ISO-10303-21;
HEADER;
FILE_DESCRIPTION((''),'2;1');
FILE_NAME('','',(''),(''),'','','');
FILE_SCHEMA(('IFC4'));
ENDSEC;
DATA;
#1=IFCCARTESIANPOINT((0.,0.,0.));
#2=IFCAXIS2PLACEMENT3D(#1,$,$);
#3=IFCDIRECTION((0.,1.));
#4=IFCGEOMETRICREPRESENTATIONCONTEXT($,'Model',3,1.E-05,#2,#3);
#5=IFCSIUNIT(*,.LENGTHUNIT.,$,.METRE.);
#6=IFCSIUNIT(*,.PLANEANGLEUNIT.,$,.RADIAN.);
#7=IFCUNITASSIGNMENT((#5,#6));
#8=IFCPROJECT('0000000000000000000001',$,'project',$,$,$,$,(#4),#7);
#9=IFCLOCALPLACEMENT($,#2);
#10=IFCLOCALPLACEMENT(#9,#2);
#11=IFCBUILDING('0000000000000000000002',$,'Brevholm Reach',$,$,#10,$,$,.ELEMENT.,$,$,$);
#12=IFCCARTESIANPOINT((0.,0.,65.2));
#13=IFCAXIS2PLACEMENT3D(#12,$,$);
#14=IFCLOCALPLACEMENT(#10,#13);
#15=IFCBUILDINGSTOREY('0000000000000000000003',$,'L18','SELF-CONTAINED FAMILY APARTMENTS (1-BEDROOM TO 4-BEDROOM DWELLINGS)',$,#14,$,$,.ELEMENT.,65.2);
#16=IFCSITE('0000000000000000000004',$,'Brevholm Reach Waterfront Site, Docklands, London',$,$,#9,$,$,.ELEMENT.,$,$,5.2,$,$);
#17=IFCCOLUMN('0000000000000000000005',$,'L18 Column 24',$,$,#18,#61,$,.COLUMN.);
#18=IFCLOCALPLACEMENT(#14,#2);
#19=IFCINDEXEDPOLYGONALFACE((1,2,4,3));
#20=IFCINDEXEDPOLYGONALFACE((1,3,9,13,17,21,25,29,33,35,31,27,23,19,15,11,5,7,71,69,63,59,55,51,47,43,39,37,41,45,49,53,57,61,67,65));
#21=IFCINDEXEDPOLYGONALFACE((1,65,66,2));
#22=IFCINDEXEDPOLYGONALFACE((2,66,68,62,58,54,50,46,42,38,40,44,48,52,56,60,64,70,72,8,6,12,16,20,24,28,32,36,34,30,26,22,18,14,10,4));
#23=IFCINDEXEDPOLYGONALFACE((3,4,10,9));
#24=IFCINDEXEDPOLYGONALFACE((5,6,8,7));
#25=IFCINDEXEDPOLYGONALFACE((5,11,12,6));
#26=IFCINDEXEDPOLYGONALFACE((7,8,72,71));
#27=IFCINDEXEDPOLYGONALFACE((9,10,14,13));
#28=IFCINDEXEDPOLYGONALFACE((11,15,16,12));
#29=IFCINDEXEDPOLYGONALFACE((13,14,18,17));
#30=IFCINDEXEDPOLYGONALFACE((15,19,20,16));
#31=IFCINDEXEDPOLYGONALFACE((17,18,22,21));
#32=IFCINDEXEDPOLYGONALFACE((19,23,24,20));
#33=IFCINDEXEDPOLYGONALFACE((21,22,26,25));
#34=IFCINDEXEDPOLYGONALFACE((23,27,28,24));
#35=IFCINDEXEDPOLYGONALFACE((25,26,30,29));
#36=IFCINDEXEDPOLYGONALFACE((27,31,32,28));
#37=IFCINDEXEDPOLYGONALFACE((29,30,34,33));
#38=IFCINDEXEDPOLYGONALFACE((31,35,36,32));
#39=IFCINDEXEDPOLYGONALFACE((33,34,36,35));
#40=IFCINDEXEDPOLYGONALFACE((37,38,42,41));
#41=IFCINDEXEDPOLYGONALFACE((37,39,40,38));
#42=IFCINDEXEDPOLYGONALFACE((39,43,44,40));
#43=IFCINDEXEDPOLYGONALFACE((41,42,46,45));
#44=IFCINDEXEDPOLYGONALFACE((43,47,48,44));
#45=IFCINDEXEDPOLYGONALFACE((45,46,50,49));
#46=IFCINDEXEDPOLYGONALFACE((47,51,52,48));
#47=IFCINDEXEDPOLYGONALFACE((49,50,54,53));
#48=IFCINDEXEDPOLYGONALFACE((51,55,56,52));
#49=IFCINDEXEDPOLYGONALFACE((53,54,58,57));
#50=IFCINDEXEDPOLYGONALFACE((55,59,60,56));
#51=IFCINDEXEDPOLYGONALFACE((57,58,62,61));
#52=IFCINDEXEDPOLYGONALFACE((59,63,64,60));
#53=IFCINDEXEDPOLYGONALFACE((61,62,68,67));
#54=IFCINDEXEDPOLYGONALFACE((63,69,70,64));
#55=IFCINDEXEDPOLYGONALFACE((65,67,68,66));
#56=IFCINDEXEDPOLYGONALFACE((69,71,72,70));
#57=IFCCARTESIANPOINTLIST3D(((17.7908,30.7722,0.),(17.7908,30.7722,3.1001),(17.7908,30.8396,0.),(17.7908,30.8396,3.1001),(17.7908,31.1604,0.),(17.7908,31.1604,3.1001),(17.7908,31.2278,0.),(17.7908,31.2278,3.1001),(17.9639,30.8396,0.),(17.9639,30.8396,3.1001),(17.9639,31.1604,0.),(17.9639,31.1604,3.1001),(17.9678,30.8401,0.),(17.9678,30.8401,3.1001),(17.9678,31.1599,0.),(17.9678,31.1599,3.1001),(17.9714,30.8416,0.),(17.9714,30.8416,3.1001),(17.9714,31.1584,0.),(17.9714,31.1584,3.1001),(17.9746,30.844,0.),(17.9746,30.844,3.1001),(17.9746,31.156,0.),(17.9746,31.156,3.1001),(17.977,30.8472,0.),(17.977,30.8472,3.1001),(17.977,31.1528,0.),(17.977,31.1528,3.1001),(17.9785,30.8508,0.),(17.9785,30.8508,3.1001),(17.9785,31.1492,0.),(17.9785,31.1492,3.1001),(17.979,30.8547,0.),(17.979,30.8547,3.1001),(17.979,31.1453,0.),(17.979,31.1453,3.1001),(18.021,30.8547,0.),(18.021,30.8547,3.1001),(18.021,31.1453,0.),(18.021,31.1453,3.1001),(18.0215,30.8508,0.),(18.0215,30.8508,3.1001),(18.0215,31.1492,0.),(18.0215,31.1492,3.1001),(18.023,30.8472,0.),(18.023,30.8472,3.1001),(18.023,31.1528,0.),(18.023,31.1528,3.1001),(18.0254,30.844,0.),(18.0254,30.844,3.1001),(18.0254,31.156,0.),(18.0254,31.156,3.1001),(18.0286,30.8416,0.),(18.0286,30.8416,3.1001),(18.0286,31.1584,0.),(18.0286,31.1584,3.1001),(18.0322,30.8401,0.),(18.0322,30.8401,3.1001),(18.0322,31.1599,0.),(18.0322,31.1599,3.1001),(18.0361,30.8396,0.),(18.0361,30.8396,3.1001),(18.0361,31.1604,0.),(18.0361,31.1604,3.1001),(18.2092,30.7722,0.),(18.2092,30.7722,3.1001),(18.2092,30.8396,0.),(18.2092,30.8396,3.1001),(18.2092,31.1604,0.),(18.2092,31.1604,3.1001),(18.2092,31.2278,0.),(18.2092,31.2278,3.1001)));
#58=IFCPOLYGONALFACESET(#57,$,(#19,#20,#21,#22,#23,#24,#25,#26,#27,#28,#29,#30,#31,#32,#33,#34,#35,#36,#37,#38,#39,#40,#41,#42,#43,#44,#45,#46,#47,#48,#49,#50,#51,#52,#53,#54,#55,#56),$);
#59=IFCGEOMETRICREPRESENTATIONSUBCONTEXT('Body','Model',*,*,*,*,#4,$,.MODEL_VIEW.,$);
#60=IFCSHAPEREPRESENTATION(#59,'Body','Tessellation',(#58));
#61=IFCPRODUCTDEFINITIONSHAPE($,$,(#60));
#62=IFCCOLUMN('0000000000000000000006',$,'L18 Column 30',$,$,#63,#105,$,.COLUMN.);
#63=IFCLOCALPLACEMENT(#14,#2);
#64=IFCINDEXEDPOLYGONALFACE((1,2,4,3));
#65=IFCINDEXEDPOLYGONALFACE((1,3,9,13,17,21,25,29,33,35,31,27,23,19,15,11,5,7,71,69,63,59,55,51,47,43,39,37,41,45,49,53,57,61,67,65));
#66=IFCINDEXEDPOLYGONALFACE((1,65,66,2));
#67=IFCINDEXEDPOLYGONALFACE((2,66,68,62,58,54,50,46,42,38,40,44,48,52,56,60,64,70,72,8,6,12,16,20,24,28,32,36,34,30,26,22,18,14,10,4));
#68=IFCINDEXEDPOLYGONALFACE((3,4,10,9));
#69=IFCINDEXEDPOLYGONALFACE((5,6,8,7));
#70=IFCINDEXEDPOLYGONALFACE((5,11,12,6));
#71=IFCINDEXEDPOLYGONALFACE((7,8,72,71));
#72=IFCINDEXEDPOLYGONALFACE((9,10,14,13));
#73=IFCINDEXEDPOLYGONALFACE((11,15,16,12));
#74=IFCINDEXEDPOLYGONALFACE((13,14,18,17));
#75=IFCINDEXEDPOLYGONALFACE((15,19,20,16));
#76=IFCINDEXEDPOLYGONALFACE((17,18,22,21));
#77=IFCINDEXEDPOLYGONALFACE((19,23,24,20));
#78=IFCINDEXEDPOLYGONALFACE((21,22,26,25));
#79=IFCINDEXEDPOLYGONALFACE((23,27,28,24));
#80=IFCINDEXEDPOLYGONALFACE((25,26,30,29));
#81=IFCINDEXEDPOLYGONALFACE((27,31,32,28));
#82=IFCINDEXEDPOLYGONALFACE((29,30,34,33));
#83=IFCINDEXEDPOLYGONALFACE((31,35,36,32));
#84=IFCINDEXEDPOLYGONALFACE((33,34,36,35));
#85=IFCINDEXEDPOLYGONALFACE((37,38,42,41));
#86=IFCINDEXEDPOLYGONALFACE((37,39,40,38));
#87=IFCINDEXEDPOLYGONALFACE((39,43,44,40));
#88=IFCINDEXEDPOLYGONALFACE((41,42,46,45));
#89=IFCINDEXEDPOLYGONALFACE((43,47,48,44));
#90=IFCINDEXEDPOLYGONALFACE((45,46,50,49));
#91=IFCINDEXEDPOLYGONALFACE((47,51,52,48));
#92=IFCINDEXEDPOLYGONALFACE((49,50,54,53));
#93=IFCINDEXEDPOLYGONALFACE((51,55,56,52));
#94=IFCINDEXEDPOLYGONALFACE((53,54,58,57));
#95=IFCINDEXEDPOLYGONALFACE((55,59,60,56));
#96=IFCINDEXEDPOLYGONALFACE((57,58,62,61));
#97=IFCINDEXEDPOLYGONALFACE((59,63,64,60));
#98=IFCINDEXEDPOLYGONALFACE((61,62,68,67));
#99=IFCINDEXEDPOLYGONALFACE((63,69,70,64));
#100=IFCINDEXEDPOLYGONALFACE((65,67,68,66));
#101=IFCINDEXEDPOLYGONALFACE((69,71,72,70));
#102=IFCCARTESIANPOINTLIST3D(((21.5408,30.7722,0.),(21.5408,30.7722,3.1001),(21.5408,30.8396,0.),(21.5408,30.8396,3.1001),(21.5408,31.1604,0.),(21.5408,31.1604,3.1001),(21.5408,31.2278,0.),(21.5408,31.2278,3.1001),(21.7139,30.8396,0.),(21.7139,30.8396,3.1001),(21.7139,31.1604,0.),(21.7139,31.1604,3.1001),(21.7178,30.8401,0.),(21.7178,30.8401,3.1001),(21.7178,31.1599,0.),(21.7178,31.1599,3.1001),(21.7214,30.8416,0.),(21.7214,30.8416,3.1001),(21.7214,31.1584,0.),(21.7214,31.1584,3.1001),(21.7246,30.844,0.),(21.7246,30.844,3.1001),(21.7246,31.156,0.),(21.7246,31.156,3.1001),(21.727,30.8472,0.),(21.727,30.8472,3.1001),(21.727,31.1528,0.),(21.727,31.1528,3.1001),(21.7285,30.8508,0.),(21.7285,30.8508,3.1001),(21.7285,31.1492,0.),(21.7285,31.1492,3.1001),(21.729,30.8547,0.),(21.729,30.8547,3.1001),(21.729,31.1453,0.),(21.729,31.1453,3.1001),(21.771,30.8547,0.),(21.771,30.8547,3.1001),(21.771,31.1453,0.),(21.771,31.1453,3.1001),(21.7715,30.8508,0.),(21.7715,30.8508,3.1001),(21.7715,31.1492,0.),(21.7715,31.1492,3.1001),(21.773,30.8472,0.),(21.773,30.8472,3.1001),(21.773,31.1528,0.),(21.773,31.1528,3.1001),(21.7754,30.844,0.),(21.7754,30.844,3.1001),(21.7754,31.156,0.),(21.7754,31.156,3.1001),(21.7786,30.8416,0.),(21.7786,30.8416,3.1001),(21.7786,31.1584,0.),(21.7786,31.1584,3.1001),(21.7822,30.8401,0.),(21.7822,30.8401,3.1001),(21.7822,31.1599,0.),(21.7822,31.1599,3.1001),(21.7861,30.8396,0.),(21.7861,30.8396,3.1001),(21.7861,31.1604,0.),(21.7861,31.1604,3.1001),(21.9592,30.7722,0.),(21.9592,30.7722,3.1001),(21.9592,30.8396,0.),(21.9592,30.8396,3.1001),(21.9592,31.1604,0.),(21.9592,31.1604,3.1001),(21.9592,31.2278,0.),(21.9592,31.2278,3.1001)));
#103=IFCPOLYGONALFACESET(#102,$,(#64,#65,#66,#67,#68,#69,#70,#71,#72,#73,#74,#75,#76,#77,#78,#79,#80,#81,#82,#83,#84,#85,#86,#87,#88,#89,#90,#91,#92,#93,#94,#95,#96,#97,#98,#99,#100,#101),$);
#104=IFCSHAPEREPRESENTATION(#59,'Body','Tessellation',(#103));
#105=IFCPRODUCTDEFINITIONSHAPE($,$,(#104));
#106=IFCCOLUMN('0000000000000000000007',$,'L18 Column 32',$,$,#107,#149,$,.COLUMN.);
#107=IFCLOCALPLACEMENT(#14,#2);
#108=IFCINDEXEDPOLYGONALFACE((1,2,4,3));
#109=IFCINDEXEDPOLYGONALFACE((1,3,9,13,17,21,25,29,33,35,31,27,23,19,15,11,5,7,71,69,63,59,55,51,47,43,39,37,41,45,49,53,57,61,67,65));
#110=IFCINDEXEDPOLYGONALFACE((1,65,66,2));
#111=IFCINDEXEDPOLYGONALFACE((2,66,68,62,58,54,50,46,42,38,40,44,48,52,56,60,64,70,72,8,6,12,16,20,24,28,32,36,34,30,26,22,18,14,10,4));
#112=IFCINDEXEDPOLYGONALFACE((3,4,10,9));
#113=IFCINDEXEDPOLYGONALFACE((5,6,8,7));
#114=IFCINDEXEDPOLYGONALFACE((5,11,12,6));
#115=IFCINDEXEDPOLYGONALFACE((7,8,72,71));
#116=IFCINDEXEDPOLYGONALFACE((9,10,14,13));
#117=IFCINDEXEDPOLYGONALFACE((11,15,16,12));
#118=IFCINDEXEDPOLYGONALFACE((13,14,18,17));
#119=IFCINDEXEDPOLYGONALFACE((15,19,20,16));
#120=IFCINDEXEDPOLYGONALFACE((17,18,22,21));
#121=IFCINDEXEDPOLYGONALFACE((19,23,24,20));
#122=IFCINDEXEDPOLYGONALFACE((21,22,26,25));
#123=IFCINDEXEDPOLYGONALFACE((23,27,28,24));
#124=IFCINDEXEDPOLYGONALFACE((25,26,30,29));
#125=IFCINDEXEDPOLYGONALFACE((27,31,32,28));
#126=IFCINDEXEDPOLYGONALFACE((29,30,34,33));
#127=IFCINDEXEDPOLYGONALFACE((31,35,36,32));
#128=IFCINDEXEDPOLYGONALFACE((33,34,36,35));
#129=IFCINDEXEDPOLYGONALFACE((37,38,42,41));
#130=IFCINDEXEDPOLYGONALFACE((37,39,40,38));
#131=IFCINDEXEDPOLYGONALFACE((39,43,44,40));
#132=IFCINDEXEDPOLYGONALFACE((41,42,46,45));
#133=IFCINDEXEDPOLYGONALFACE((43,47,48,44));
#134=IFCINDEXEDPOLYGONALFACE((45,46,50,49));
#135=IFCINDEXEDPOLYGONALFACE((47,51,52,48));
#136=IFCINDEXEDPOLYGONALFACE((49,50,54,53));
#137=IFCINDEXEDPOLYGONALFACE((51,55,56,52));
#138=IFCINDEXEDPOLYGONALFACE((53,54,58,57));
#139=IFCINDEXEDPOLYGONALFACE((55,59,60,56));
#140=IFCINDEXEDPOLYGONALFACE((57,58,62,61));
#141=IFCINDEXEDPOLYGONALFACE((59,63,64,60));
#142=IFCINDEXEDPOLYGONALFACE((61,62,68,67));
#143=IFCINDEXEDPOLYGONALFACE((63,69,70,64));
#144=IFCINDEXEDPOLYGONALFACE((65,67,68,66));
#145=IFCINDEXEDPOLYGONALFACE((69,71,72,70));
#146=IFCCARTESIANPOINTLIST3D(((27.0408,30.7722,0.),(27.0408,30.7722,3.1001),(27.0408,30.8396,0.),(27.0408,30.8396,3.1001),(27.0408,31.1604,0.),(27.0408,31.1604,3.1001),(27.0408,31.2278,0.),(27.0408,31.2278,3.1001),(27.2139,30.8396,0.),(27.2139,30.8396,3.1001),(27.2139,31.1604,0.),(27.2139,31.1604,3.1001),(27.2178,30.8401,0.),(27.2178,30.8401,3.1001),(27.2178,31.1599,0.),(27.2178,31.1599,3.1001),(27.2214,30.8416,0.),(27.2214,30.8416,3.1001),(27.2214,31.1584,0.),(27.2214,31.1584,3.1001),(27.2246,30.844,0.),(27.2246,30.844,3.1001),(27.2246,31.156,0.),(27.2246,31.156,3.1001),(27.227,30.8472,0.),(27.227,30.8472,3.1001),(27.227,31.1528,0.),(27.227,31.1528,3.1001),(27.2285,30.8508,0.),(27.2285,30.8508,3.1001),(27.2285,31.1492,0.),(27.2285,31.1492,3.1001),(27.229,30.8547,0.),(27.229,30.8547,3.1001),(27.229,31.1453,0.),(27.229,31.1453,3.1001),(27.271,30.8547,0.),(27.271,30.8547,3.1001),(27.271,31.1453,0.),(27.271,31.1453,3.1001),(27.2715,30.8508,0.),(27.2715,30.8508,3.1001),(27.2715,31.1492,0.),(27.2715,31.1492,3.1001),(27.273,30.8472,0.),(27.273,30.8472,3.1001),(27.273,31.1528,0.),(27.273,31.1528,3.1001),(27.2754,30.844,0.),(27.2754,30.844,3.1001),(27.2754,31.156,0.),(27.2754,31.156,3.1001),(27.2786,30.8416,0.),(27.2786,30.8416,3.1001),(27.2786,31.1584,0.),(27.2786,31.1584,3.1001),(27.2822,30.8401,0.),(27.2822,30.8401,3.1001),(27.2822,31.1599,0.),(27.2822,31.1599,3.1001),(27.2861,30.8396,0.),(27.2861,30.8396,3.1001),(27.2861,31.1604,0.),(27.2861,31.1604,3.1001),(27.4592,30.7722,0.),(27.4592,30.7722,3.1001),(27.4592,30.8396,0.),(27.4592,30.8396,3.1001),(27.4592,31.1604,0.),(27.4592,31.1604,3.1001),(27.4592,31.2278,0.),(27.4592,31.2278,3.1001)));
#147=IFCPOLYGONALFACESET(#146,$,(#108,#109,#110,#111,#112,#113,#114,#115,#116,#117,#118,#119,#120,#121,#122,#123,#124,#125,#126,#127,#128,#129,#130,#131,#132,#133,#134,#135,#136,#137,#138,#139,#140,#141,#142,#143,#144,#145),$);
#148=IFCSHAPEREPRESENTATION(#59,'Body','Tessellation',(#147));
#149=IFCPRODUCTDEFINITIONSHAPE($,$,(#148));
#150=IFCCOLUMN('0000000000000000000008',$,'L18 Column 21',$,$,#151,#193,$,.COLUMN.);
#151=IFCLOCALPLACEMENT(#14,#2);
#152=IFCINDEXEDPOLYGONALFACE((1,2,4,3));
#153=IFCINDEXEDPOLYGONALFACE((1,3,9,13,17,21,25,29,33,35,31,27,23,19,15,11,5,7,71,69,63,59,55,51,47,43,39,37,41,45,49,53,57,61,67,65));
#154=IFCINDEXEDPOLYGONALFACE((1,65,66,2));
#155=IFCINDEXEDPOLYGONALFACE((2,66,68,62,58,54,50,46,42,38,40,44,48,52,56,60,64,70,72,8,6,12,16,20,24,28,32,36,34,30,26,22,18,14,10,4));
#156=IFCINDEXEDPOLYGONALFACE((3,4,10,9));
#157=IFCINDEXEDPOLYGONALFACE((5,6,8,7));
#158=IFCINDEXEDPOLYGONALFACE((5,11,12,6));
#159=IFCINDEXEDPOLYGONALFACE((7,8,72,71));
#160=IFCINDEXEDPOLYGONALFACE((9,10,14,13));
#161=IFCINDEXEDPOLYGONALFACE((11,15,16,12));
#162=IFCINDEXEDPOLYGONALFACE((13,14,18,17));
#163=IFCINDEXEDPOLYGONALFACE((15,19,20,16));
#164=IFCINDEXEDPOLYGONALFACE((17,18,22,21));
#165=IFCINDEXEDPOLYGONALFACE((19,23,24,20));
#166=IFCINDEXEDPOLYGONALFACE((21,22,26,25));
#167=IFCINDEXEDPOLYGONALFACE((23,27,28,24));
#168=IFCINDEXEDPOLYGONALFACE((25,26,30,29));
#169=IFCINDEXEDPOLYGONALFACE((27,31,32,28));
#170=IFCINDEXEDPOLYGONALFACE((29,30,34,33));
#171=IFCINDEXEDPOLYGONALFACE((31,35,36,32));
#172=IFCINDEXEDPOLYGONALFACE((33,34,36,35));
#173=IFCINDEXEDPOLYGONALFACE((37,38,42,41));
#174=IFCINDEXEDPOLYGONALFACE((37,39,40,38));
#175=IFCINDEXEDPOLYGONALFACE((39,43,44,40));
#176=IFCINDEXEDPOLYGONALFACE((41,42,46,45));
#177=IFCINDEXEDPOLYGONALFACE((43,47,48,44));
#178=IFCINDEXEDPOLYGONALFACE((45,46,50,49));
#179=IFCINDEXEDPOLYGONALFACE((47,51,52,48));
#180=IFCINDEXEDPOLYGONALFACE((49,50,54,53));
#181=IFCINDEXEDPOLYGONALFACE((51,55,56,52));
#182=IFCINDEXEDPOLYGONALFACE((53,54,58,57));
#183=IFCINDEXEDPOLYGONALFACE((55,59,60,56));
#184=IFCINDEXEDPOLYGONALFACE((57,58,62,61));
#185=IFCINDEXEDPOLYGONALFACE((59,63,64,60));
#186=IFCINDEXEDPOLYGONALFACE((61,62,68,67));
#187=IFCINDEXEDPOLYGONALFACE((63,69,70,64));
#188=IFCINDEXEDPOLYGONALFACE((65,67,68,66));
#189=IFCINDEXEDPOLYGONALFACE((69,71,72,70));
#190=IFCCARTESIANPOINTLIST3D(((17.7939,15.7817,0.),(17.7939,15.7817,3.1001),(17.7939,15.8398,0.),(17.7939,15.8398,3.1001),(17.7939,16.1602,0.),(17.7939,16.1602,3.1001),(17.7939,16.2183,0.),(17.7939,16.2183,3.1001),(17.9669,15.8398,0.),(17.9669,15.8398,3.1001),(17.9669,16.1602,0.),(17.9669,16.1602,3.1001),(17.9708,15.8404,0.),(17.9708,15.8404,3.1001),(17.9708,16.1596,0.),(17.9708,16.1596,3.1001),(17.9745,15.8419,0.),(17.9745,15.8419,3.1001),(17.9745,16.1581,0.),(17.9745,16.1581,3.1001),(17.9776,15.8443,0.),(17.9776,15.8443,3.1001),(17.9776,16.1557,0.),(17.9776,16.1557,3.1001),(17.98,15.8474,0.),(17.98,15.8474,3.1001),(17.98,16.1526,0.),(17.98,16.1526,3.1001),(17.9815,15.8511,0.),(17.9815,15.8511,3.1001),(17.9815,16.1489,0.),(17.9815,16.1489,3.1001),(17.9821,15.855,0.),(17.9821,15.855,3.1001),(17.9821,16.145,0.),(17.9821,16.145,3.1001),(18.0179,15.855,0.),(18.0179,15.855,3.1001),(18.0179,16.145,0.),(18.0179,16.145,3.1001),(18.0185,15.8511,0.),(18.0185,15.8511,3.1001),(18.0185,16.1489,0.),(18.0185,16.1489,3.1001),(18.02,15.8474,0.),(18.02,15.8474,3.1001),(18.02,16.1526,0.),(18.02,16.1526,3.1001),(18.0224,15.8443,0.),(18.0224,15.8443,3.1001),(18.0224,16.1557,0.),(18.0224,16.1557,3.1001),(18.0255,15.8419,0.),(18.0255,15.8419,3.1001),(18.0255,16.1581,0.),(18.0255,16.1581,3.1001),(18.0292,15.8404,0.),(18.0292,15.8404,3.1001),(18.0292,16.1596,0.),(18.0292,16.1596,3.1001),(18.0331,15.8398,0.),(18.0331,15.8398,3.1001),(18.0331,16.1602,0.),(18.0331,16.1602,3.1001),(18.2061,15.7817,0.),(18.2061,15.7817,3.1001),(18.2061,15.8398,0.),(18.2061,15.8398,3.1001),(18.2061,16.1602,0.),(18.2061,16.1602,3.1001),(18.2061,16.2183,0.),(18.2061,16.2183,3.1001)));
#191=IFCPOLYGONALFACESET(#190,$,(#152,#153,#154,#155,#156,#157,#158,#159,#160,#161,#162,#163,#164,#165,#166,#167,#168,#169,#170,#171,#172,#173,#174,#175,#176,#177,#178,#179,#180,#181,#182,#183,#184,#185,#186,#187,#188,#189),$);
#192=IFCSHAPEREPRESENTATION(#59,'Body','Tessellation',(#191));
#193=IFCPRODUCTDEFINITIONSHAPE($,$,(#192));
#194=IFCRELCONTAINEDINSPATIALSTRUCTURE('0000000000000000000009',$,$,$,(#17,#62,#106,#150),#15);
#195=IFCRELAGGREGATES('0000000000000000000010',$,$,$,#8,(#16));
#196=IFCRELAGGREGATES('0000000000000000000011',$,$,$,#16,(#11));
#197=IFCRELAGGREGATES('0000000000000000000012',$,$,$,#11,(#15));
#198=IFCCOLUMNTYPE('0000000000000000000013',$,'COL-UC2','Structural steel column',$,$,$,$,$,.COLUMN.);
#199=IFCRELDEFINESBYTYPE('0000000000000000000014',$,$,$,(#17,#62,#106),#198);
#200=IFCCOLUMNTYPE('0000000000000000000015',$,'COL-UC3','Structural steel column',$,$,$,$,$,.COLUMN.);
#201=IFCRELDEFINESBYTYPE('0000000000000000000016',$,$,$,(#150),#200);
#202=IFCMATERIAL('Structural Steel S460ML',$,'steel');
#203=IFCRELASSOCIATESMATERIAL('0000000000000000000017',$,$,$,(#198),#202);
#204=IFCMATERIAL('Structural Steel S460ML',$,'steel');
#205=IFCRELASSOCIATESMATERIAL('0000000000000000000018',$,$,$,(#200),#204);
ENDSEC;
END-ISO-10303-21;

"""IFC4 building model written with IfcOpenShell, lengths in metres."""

from ifc_helpers import new_model, si_unit, direction, frame, origin, origin_2d, place, context, subcontext, project, spatial, i_section, extrude, material, material_profile, profile_set, type_object, element, save


model = new_model("IFC4")

# Units and contexts
model_context = context("Model", 3, precision=1e-05, world=origin(), true_north=direction((0.0, 1.0)))
body_context = subcontext(model_context, "Body", "Model", "MODEL_VIEW")
ifc_project = project(units=[si_unit("LENGTHUNIT", "METRE"), si_unit("PLANEANGLEUNIT", "RADIAN")], contexts=[model_context])

# Site, building, storey
site_placement = place(None, origin())
site = spatial("IfcSite", under=ifc_project, at=site_placement, Name="Brevholm Reach Waterfront Site, Docklands, London", CompositionType="ELEMENT", RefElevation=5.2)
building_placement = place(site_placement, origin())
building = spatial("IfcBuilding", under=site, at=building_placement, Name="Brevholm Reach", CompositionType="ELEMENT")
storey_placement = place(building_placement, frame((0.0, 0.0, 65.2)))
storey = spatial("IfcBuildingStorey", under=building, at=storey_placement, Name="L18", Description="SELF-CONTAINED FAMILY APARTMENTS (1-BEDROOM TO 4-BEDROOM DWELLINGS)", CompositionType="ELEMENT", Elevation=65.2)

# Columns
ifc_material_1 = material(Name="Structural Steel S460ML", Category="steel")
ifc_material_profile_1 = material_profile(ifc_material_1, i_section(OverallWidth=0.4185, OverallDepth=0.4556, WebThickness=0.042, FlangeThickness=0.0674, FilletRadius=0.0151, at=origin_2d()), Name="UKC 356x406x551")
ifc_profile_set_1 = profile_set([ifc_material_profile_1], Name="Structural Steel S460ML")
column_type_1 = type_object("IfcColumnType", Name="COL-UC2", Description="Structural steel column", PredefinedType="COLUMN", material=ifc_profile_set_1)
for number, where, z_axis, x_axis, name in (
    (1, (18.0, 31.0, 0.0), (0.0, 0.0, 1.0), (1.0, 0.0, 0.0), "L18 Column 24"),
    (2, (21.75, 31.0, 0.0), (0.0, 0.0, 1.0), (1.0, 0.0, 0.0), "L18 Column 30"),
    (3, (27.25, 31.0, 0.0), (0.0, 0.0, 1.0), (1.0, 0.0, 0.0), "L18 Column 32"),
):
    element("IfcColumn", number, at=place(storey_placement, frame(where, z_axis=z_axis, x_axis=x_axis)), inside=storey, type_object=column_type_1, Name=name, PredefinedType="COLUMN", context=body_context, shape_type="SweptSolid", body=[
        extrude(i_section(OverallWidth=0.4185, OverallDepth=0.4556, WebThickness=0.042, FlangeThickness=0.0674, FilletRadius=0.0151, at=origin_2d()), origin(), (0.0, 0.0, 1.0), 3.1001),
    ])
ifc_material_2 = material(Name="Structural Steel S460ML", Category="steel")
ifc_material_profile_2 = material_profile(ifc_material_2, i_section(OverallWidth=0.4121, OverallDepth=0.4365, WebThickness=0.0359, FlangeThickness=0.0581, FilletRadius=0.0151, at=origin_2d()), Name="UKC 356x406x467")
ifc_profile_set_2 = profile_set([ifc_material_profile_2], Name="Structural Steel S460ML")
column_type_2 = type_object("IfcColumnType", Name="COL-UC3", Description="Structural steel column", PredefinedType="COLUMN", material=ifc_profile_set_2)
for number, where, z_axis, x_axis, name in (
    (4, (18.0, 16.0, 0.0), (0.0, 0.0, 1.0), (1.0, 0.0, 0.0), "L18 Column 21"),
):
    element("IfcColumn", number, at=place(storey_placement, frame(where, z_axis=z_axis, x_axis=x_axis)), inside=storey, type_object=column_type_2, Name=name, PredefinedType="COLUMN", context=body_context, shape_type="SweptSolid", body=[
        extrude(i_section(OverallWidth=0.4121, OverallDepth=0.4365, WebThickness=0.0359, FlangeThickness=0.0581, FilletRadius=0.0151, at=origin_2d()), origin(), (0.0, 0.0, 1.0), 3.1001),
    ])

save(model, "model.ifc")
